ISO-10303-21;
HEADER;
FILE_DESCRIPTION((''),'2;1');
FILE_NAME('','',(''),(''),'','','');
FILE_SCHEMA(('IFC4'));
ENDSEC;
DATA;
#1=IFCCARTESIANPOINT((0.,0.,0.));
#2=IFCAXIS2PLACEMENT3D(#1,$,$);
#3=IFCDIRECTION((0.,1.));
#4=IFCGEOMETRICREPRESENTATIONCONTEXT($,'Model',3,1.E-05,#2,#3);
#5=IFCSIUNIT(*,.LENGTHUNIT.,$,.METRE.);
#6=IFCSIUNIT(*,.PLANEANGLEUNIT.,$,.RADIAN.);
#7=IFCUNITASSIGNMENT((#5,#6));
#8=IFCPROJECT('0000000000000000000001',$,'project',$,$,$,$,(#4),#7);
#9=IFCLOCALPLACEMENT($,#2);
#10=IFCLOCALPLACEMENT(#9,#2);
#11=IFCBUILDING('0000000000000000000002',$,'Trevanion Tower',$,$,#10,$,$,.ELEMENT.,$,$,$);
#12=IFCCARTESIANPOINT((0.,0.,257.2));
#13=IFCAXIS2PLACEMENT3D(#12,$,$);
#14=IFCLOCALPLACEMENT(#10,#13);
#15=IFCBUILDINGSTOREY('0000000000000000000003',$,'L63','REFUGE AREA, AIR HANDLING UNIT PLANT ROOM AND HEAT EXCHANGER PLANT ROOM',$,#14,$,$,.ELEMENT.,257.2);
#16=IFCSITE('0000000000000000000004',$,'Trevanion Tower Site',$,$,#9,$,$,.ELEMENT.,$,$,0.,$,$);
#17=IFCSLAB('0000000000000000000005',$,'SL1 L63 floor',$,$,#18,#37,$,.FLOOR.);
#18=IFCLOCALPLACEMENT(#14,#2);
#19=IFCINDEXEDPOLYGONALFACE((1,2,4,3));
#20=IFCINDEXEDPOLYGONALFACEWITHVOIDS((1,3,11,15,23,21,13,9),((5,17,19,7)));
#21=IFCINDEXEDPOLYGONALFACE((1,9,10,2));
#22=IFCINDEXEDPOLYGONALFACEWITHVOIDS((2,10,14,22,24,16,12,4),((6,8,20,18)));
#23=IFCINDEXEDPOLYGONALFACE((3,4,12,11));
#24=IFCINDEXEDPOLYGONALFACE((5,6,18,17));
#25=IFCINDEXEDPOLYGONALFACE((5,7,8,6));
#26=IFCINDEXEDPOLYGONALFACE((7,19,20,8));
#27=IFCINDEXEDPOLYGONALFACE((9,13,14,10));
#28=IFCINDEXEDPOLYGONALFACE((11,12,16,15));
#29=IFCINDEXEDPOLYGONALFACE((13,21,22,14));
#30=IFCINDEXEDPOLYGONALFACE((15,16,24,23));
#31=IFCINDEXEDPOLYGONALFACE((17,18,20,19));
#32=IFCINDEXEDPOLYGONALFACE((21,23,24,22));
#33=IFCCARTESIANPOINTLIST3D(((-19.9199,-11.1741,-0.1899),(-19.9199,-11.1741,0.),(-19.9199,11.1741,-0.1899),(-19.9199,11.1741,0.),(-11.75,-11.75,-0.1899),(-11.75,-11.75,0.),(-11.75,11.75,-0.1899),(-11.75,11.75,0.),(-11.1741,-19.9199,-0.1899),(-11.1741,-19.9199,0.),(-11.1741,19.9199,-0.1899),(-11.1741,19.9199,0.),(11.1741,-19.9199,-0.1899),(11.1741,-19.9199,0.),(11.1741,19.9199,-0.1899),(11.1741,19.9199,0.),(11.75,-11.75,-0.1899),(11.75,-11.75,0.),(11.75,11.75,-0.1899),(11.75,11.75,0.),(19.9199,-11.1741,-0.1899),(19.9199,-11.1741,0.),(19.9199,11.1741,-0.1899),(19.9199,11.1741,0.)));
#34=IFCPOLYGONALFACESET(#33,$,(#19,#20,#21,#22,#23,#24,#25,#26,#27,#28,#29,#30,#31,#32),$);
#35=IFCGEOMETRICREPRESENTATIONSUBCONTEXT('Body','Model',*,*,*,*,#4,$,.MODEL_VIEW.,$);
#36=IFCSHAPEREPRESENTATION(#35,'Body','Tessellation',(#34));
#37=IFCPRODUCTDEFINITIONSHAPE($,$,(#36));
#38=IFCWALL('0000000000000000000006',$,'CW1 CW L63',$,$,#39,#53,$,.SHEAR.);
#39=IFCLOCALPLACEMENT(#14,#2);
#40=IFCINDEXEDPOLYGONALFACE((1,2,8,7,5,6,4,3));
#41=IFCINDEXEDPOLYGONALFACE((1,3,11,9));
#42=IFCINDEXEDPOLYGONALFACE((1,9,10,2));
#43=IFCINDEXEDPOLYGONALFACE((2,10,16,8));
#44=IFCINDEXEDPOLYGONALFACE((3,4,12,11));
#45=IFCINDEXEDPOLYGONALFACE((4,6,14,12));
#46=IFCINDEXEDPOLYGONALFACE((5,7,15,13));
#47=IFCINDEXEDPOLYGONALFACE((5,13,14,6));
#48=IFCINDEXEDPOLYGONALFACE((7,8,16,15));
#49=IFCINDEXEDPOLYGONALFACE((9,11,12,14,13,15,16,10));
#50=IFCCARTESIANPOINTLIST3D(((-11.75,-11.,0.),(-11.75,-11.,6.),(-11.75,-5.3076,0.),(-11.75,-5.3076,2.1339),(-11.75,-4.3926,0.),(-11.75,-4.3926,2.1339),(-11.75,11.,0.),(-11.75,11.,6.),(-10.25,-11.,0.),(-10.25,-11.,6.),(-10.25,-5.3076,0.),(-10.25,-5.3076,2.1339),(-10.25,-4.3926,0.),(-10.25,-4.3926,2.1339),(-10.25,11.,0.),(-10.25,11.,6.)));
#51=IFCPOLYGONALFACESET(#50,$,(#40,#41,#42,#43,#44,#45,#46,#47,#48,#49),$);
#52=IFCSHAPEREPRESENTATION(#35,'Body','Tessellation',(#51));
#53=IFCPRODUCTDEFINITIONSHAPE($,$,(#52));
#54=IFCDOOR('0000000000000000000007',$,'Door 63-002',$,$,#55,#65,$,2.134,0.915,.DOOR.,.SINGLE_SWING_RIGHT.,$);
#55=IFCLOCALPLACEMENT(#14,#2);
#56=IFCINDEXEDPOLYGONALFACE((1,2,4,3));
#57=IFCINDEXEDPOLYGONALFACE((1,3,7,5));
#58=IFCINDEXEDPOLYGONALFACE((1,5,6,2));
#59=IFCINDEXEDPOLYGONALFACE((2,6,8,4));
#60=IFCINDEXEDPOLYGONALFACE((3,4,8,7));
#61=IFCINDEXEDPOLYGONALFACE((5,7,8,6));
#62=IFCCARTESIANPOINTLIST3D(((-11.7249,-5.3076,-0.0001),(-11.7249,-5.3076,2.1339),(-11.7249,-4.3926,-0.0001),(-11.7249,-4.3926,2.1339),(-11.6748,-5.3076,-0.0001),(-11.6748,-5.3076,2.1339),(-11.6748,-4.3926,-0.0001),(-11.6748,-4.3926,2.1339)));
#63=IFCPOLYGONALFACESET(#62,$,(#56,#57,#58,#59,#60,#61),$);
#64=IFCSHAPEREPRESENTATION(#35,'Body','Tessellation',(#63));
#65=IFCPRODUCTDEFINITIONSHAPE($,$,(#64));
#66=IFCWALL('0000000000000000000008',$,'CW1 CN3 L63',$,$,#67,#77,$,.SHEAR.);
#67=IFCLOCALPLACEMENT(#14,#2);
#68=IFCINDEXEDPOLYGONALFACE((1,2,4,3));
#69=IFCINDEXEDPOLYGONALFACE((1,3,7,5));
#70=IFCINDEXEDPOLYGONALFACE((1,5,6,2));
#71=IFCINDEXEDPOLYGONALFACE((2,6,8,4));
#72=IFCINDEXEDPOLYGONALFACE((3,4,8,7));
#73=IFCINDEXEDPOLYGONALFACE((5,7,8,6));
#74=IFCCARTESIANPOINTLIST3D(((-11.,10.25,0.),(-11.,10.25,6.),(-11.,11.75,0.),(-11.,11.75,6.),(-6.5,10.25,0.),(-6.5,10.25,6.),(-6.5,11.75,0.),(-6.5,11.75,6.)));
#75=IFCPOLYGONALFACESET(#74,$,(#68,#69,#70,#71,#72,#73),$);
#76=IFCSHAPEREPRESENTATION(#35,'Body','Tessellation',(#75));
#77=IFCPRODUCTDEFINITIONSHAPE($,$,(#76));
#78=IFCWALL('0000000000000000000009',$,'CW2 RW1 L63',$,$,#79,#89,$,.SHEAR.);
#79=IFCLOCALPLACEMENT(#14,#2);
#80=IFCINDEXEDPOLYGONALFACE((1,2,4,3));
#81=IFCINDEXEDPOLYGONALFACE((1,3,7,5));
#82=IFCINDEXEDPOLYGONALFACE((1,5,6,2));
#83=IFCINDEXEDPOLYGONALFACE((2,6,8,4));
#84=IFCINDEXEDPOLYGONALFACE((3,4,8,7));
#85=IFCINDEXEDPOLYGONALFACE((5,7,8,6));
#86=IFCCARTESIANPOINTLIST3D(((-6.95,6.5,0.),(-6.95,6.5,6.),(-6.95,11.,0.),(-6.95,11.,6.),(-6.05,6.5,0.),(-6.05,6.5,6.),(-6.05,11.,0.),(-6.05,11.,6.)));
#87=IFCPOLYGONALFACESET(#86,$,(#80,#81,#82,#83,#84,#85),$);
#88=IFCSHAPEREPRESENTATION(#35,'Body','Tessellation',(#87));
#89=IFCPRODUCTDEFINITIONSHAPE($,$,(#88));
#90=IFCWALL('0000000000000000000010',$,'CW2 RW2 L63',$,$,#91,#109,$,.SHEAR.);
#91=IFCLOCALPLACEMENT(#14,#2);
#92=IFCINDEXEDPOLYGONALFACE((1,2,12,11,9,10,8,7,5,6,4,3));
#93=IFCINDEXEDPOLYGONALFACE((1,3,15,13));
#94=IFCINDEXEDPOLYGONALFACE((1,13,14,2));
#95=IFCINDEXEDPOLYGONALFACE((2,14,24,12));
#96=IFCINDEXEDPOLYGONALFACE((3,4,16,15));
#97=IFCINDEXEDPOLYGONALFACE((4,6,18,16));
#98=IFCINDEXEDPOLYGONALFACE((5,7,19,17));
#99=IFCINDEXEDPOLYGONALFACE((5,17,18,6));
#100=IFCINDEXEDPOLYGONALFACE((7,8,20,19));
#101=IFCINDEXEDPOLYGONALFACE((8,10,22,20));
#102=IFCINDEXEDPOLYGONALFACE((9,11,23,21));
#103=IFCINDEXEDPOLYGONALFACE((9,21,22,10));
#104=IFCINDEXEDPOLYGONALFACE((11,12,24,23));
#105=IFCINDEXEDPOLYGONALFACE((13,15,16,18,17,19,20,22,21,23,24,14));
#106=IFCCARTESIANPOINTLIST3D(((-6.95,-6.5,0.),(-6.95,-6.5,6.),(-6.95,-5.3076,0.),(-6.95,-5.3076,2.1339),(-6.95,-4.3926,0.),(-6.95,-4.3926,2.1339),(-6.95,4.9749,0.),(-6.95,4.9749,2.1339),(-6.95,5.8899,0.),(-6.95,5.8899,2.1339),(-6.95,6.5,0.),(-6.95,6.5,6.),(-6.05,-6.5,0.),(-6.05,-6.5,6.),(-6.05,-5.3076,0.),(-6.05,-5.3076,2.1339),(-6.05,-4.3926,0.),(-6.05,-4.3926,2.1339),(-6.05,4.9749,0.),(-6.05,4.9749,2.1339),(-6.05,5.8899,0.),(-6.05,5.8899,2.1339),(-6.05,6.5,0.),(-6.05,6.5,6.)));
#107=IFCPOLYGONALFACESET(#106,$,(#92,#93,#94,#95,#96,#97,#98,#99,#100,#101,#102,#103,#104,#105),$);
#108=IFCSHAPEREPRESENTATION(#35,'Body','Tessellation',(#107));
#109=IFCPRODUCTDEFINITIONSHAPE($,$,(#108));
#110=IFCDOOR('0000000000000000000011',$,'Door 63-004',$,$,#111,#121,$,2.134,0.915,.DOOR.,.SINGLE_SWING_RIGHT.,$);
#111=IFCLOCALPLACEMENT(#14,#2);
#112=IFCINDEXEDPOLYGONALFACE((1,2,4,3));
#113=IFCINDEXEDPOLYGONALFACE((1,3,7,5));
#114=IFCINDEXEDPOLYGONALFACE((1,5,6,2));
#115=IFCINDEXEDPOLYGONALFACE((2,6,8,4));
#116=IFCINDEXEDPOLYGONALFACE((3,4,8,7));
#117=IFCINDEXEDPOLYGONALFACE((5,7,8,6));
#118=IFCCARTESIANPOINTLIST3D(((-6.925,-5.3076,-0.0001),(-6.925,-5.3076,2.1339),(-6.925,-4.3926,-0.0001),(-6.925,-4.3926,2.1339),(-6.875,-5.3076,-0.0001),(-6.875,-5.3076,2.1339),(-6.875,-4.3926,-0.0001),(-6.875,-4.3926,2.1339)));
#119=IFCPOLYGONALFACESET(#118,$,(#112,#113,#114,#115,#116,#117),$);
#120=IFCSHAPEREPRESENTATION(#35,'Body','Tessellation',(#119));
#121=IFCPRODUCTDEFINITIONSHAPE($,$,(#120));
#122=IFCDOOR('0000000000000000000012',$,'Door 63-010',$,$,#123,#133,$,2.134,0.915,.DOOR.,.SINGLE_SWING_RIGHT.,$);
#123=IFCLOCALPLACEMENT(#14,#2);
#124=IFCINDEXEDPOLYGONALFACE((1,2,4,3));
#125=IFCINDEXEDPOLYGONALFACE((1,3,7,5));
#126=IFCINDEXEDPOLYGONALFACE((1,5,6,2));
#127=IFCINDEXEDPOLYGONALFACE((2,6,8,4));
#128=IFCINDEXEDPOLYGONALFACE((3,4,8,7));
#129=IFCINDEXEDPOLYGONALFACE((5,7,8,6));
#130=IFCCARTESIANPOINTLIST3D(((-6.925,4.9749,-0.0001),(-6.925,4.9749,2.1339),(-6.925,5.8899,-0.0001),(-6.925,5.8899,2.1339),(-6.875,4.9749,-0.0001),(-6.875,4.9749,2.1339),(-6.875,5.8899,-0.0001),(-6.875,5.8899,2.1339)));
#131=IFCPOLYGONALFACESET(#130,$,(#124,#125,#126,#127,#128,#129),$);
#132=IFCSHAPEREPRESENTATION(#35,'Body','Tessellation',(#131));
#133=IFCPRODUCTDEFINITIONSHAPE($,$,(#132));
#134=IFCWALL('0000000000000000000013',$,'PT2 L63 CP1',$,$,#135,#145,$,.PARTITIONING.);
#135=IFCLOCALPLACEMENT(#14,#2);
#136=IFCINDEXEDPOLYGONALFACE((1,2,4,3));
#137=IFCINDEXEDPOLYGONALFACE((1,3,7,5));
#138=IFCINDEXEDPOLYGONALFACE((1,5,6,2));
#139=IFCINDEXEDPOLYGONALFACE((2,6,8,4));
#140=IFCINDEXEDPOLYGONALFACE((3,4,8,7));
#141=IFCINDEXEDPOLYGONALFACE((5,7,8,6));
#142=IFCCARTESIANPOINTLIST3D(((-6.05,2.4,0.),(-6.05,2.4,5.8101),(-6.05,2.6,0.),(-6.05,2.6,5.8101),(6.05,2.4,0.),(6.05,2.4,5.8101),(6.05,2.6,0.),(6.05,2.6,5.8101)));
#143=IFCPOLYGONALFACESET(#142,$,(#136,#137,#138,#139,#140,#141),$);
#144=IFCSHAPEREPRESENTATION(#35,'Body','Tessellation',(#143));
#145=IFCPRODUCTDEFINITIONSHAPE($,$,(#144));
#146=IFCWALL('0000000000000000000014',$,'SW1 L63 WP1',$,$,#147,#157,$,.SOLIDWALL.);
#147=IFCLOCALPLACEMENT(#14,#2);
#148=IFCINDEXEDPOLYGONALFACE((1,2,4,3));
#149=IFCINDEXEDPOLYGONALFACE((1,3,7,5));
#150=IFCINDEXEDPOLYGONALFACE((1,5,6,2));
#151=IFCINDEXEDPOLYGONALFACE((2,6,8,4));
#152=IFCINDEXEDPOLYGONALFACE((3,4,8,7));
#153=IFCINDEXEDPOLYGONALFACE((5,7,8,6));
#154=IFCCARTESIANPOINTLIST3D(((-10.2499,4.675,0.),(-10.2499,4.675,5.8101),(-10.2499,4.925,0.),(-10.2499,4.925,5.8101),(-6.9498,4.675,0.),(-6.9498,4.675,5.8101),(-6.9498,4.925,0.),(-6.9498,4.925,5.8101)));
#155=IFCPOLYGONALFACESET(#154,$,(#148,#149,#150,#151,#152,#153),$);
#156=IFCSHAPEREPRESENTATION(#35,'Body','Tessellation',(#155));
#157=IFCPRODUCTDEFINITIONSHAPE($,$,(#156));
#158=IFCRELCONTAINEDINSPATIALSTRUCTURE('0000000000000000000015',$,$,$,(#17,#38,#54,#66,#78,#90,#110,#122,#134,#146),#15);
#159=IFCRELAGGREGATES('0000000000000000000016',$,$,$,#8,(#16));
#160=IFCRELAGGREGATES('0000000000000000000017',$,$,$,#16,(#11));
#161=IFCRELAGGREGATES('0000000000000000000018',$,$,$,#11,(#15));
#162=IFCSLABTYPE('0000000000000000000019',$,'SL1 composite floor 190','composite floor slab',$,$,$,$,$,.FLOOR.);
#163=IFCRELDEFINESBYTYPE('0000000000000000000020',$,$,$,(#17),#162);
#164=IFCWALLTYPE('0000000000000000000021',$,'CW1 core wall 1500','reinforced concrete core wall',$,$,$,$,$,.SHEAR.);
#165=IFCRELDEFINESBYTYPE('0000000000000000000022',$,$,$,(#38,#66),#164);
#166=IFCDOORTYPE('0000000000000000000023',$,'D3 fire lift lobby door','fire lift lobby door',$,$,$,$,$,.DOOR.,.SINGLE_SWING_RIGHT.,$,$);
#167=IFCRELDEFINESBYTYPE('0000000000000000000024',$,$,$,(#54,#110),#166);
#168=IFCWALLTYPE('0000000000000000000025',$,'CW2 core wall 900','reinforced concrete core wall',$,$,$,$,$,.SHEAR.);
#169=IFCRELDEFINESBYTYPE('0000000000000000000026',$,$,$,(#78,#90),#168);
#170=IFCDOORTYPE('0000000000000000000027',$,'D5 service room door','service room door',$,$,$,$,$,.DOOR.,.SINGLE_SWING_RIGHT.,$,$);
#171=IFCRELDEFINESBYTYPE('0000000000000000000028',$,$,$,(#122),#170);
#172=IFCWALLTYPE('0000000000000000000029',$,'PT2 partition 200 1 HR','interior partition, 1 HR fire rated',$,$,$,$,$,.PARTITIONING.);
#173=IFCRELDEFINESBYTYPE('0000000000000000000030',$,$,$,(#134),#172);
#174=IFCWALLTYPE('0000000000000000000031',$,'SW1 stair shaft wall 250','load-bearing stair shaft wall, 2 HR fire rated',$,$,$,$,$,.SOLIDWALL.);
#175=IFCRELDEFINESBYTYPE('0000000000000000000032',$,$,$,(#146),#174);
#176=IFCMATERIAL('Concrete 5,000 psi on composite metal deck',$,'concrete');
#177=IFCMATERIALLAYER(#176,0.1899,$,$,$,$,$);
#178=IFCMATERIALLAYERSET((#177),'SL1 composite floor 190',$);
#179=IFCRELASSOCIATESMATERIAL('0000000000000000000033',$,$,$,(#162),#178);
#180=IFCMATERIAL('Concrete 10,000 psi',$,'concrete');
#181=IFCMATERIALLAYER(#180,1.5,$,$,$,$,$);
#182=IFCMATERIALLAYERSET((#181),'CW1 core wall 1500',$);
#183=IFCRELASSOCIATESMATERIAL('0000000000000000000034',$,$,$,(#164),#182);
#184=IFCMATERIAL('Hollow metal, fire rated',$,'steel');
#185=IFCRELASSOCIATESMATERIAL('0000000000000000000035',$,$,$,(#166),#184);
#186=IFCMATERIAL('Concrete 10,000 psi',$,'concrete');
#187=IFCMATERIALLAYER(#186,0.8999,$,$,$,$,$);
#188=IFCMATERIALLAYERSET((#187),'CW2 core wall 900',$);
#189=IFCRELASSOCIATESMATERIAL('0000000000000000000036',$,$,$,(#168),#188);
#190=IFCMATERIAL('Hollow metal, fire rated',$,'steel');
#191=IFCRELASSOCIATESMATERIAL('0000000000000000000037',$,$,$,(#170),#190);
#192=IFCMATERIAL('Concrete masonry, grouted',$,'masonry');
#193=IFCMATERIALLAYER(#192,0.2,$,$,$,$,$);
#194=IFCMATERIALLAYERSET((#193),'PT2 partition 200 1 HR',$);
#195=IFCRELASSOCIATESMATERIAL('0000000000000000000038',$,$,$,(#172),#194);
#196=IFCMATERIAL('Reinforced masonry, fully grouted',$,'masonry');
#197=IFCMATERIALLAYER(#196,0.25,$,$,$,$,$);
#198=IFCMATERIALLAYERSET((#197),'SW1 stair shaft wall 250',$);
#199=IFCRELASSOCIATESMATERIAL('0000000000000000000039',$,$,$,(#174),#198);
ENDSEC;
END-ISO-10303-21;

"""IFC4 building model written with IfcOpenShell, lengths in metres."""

from ifc_helpers import new_model, si_unit, direction, frame, frame_2d, origin, place, context, subcontext, project, spatial, polyline, rectangle, outline, extrude, material, layer, layer_set, type_object, element, fill, save


model = new_model("IFC4")

# Units and contexts
model_context = context("Model", 3, precision=1e-05, world=origin(), true_north=direction((0.0, 1.0)))
body_context = subcontext(model_context, "Body", "Model", "MODEL_VIEW")
ifc_project = project(units=[si_unit("LENGTHUNIT", "METRE"), si_unit("PLANEANGLEUNIT", "RADIAN")], contexts=[model_context])

# Site, building, storey
site_placement = place(None, origin())
site = spatial("IfcSite", under=ifc_project, at=site_placement, Name="Trevanion Tower Site", CompositionType="ELEMENT", RefElevation=0.0)
building_placement = place(site_placement, origin())
building = spatial("IfcBuilding", under=site, at=building_placement, Name="Trevanion Tower", CompositionType="ELEMENT")
storey_placement = place(building_placement, frame((0.0, 0.0, 257.2)))
storey = spatial("IfcBuildingStorey", under=building, at=storey_placement, Name="L63", Description="REFUGE AREA, AIR HANDLING UNIT PLANT ROOM AND HEAT EXCHANGER PLANT ROOM", CompositionType="ELEMENT", Elevation=257.2)

# Slab
ifc_material_1 = material(Name="Concrete 5,000 psi on composite metal deck", Category="concrete")
ifc_layer_1 = layer(ifc_material_1, 0.1899)
ifc_layer_set_1 = layer_set([ifc_layer_1], Name="SL1 composite floor 190")
slab_type = type_object("IfcSlabType", Name="SL1 composite floor 190", Description="composite floor slab", PredefinedType="FLOOR", material=ifc_layer_set_1)
slab_placement = place(storey_placement, frame((0.0, 0.0, -0.1899)))
element("IfcSlab", 1, at=slab_placement, inside=storey, type_object=slab_type, Name="SL1 L63 floor", PredefinedType="FLOOR", context=body_context, shape_type="SweptSolid", body=[
    extrude(outline(polyline([(19.9199, -11.1741), (19.9199, 11.1741), (11.1741, 19.9199), (-11.1741, 19.9199), (-19.9199, 11.1741), (-19.9199, -11.1741), (-11.1741, -19.9199), (11.1741, -19.9199), (19.9199, -11.1741)]), holes=[polyline([(11.75, -11.75), (11.75, 11.75), (-11.75, 11.75), (-11.75, -11.75), (11.75, -11.75)])]), origin(), (0.0, 0.0, 1.0), 0.1899),
])

# Wall, opening, door
ifc_material_2 = material(Name="Concrete 10,000 psi", Category="concrete")
ifc_layer_2 = layer(ifc_material_2, 1.5)
ifc_layer_set_2 = layer_set([ifc_layer_2], Name="CW1 core wall 1500")
wall_type_1 = type_object("IfcWallType", Name="CW1 core wall 1500", Description="reinforced concrete core wall", PredefinedType="SHEAR", material=ifc_layer_set_2)
wall_1_placement = place(storey_placement, frame((-11.0, 11.0, 0.0), z_axis=(0.0, 0.0, 1.0), x_axis=(0.0, -1.0, 0.0)))
wall_1 = element("IfcWall", 2, at=wall_1_placement, inside=storey, type_object=wall_type_1, Name="CW1 CW L63", PredefinedType="SHEAR", context=body_context, shape_type="SweptSolid", body=[
    extrude(rectangle(XDim=22.0, YDim=1.5, at=frame_2d((11.0, 0.0))), origin(), (0.0, 0.0, 1.0), 6.0),
])
opening_1_placement = place(wall_1_placement, frame((15.3926, 0.0, 0.0)))
opening_1 = element("IfcOpeningElement", 3, at=opening_1_placement, cuts=wall_1, PredefinedType="OPENING", context=body_context, shape_type="SweptSolid", body=[
    extrude(rectangle(XDim=0.915, YDim=2.134, at=frame_2d((0.4575, 1.0669))), frame((0.0, 0.76, 0.0), z_axis=(0.0, -1.0, 0.0), x_axis=(1.0, 0.0, 0.0)), (0.0, 0.0, 1.0), 1.52),
])
ifc_material_3 = material(Name="Hollow metal, fire rated", Category="steel")
door_type_1 = type_object("IfcDoorType", Name="D3 fire lift lobby door", Description="fire lift lobby door", OperationType="SINGLE_SWING_RIGHT", PredefinedType="DOOR", material=ifc_material_3)
door_1_placement = place(opening_1_placement, origin())
door_1 = element("IfcDoor", 4, at=door_1_placement, inside=storey, type_object=door_type_1, Name="Door 63-002", OperationType="SINGLE_SWING_RIGHT", OverallHeight=2.134, OverallWidth=0.915, PredefinedType="DOOR", context=body_context, shape_type="SweptSolid", body=[
    extrude(rectangle(XDim=0.915, YDim=2.134, at=frame_2d((0.4575, 1.0669))), frame((0.0, -0.6748, 0.0), z_axis=(0.0, -1.0, 0.0), x_axis=(1.0, 0.0, 0.0)), (0.0, 0.0, 1.0), 0.05),
])
fill(opening_1, door_1)

# Walls
wall_2_placement = place(storey_placement, frame((-6.5, 11.0, 0.0), z_axis=(0.0, 0.0, 1.0), x_axis=(-1.0, 0.0, 0.0)))
element("IfcWall", 5, at=wall_2_placement, inside=storey, type_object=wall_type_1, Name="CW1 CN3 L63", PredefinedType="SHEAR", context=body_context, shape_type="SweptSolid", body=[
    extrude(rectangle(XDim=4.5, YDim=1.5, at=frame_2d((2.25, 0.0))), origin(), (0.0, 0.0, 1.0), 6.0),
])
ifc_material_4 = material(Name="Concrete 10,000 psi", Category="concrete")
ifc_layer_3 = layer(ifc_material_4, 0.8999)
ifc_layer_set_3 = layer_set([ifc_layer_3], Name="CW2 core wall 900")
wall_type_2 = type_object("IfcWallType", Name="CW2 core wall 900", Description="reinforced concrete core wall", PredefinedType="SHEAR", material=ifc_layer_set_3)
wall_3_placement = place(storey_placement, frame((-6.5, 11.0, 0.0), z_axis=(0.0, 0.0, 1.0), x_axis=(0.0, -1.0, 0.0)))
element("IfcWall", 6, at=wall_3_placement, inside=storey, type_object=wall_type_2, Name="CW2 RW1 L63", PredefinedType="SHEAR", context=body_context, shape_type="SweptSolid", body=[
    extrude(rectangle(XDim=4.5, YDim=0.8999, at=frame_2d((2.25, 0.0))), origin(), (0.0, 0.0, 1.0), 6.0),
])

# Wall, openings, doors
wall_4_placement = place(storey_placement, frame((-6.5, 6.5, 0.0), z_axis=(0.0, 0.0, 1.0), x_axis=(0.0, -1.0, 0.0)))
wall_4 = element("IfcWall", 7, at=wall_4_placement, inside=storey, type_object=wall_type_2, Name="CW2 RW2 L63", PredefinedType="SHEAR", context=body_context, shape_type="SweptSolid", body=[
    extrude(rectangle(XDim=13.0, YDim=0.8999, at=frame_2d((6.5, 0.0))), origin(), (0.0, 0.0, 1.0), 6.0),
])
opening_2_placement = place(wall_4_placement, frame((10.8926, 0.0, 0.0)))
opening_2 = element("IfcOpeningElement", 8, at=opening_2_placement, cuts=wall_4, PredefinedType="OPENING", context=body_context, shape_type="SweptSolid", body=[
    extrude(rectangle(XDim=0.915, YDim=2.134, at=frame_2d((0.4575, 1.0669))), frame((0.0, 0.46, 0.0), z_axis=(0.0, -1.0, 0.0), x_axis=(1.0, 0.0, 0.0)), (0.0, 0.0, 1.0), 0.9199),
])
opening_3_placement = place(wall_4_placement, frame((0.6101, 0.0, 0.0)))
opening_3 = element("IfcOpeningElement", 9, at=opening_3_placement, cuts=wall_4, PredefinedType="OPENING", context=body_context, shape_type="SweptSolid", body=[
    extrude(rectangle(XDim=0.915, YDim=2.134, at=frame_2d((0.4575, 1.0669))), frame((0.0, 0.46, 0.0), z_axis=(0.0, -1.0, 0.0), x_axis=(1.0, 0.0, 0.0)), (0.0, 0.0, 1.0), 0.9199),
])
door_2_placement = place(opening_2_placement, origin())
door_2 = element("IfcDoor", 10, at=door_2_placement, inside=storey, type_object=door_type_1, Name="Door 63-004", OperationType="SINGLE_SWING_RIGHT", OverallHeight=2.134, OverallWidth=0.915, PredefinedType="DOOR", context=body_context, shape_type="SweptSolid", body=[
    extrude(rectangle(XDim=0.915, YDim=2.134, at=frame_2d((0.4575, 1.0669))), frame((0.0, -0.375, 0.0), z_axis=(0.0, -1.0, 0.0), x_axis=(1.0, 0.0, 0.0)), (0.0, 0.0, 1.0), 0.05),
])
fill(opening_2, door_2)
ifc_material_5 = material(Name="Hollow metal, fire rated", Category="steel")
door_type_2 = type_object("IfcDoorType", Name="D5 service room door", Description="service room door", OperationType="SINGLE_SWING_RIGHT", PredefinedType="DOOR", material=ifc_material_5)
door_3_placement = place(opening_3_placement, origin())
door_3 = element("IfcDoor", 11, at=door_3_placement, inside=storey, type_object=door_type_2, Name="Door 63-010", OperationType="SINGLE_SWING_RIGHT", OverallHeight=2.134, OverallWidth=0.915, PredefinedType="DOOR", context=body_context, shape_type="SweptSolid", body=[
    extrude(rectangle(XDim=0.915, YDim=2.134, at=frame_2d((0.4575, 1.0669))), frame((0.0, -0.375, 0.0), z_axis=(0.0, -1.0, 0.0), x_axis=(1.0, 0.0, 0.0)), (0.0, 0.0, 1.0), 0.05),
])
fill(opening_3, door_3)

# Walls
ifc_material_6 = material(Name="Concrete masonry, grouted", Category="masonry")
ifc_layer_4 = layer(ifc_material_6, 0.2)
ifc_layer_set_4 = layer_set([ifc_layer_4], Name="PT2 partition 200 1 HR")
wall_type_3 = type_object("IfcWallType", Name="PT2 partition 200 1 HR", Description="interior partition, 1 HR fire rated", PredefinedType="PARTITIONING", material=ifc_layer_set_4)
wall_5_placement = place(storey_placement, frame((-6.05, 2.5, 0.0), z_axis=(0.0, 0.0, 1.0), x_axis=(1.0, 0.0, 0.0)))
element("IfcWall", 12, at=wall_5_placement, inside=storey, type_object=wall_type_3, Name="PT2 L63 CP1", PredefinedType="PARTITIONING", context=body_context, shape_type="SweptSolid", body=[
    extrude(rectangle(XDim=12.1001, YDim=0.2, at=frame_2d((6.05, 0.0))), origin(), (0.0, 0.0, 1.0), 5.8101),
])
ifc_material_7 = material(Name="Reinforced masonry, fully grouted", Category="masonry")
ifc_layer_5 = layer(ifc_material_7, 0.25)
ifc_layer_set_5 = layer_set([ifc_layer_5], Name="SW1 stair shaft wall 250")
wall_type_4 = type_object("IfcWallType", Name="SW1 stair shaft wall 250", Description="load-bearing stair shaft wall, 2 HR fire rated", PredefinedType="SOLIDWALL", material=ifc_layer_set_5)
wall_6_placement = place(storey_placement, frame((-6.95, 4.8, 0.0), z_axis=(0.0, 0.0, 1.0), x_axis=(-1.0, 0.0, 0.0)))
element("IfcWall", 13, at=wall_6_placement, inside=storey, type_object=wall_type_4, Name="SW1 L63 WP1", PredefinedType="SOLIDWALL", context=body_context, shape_type="SweptSolid", body=[
    extrude(rectangle(XDim=3.3, YDim=0.25, at=frame_2d((1.6499, 0.0))), origin(), (0.0, 0.0, 1.0), 5.8101),
])

save(model, "model.ifc")
